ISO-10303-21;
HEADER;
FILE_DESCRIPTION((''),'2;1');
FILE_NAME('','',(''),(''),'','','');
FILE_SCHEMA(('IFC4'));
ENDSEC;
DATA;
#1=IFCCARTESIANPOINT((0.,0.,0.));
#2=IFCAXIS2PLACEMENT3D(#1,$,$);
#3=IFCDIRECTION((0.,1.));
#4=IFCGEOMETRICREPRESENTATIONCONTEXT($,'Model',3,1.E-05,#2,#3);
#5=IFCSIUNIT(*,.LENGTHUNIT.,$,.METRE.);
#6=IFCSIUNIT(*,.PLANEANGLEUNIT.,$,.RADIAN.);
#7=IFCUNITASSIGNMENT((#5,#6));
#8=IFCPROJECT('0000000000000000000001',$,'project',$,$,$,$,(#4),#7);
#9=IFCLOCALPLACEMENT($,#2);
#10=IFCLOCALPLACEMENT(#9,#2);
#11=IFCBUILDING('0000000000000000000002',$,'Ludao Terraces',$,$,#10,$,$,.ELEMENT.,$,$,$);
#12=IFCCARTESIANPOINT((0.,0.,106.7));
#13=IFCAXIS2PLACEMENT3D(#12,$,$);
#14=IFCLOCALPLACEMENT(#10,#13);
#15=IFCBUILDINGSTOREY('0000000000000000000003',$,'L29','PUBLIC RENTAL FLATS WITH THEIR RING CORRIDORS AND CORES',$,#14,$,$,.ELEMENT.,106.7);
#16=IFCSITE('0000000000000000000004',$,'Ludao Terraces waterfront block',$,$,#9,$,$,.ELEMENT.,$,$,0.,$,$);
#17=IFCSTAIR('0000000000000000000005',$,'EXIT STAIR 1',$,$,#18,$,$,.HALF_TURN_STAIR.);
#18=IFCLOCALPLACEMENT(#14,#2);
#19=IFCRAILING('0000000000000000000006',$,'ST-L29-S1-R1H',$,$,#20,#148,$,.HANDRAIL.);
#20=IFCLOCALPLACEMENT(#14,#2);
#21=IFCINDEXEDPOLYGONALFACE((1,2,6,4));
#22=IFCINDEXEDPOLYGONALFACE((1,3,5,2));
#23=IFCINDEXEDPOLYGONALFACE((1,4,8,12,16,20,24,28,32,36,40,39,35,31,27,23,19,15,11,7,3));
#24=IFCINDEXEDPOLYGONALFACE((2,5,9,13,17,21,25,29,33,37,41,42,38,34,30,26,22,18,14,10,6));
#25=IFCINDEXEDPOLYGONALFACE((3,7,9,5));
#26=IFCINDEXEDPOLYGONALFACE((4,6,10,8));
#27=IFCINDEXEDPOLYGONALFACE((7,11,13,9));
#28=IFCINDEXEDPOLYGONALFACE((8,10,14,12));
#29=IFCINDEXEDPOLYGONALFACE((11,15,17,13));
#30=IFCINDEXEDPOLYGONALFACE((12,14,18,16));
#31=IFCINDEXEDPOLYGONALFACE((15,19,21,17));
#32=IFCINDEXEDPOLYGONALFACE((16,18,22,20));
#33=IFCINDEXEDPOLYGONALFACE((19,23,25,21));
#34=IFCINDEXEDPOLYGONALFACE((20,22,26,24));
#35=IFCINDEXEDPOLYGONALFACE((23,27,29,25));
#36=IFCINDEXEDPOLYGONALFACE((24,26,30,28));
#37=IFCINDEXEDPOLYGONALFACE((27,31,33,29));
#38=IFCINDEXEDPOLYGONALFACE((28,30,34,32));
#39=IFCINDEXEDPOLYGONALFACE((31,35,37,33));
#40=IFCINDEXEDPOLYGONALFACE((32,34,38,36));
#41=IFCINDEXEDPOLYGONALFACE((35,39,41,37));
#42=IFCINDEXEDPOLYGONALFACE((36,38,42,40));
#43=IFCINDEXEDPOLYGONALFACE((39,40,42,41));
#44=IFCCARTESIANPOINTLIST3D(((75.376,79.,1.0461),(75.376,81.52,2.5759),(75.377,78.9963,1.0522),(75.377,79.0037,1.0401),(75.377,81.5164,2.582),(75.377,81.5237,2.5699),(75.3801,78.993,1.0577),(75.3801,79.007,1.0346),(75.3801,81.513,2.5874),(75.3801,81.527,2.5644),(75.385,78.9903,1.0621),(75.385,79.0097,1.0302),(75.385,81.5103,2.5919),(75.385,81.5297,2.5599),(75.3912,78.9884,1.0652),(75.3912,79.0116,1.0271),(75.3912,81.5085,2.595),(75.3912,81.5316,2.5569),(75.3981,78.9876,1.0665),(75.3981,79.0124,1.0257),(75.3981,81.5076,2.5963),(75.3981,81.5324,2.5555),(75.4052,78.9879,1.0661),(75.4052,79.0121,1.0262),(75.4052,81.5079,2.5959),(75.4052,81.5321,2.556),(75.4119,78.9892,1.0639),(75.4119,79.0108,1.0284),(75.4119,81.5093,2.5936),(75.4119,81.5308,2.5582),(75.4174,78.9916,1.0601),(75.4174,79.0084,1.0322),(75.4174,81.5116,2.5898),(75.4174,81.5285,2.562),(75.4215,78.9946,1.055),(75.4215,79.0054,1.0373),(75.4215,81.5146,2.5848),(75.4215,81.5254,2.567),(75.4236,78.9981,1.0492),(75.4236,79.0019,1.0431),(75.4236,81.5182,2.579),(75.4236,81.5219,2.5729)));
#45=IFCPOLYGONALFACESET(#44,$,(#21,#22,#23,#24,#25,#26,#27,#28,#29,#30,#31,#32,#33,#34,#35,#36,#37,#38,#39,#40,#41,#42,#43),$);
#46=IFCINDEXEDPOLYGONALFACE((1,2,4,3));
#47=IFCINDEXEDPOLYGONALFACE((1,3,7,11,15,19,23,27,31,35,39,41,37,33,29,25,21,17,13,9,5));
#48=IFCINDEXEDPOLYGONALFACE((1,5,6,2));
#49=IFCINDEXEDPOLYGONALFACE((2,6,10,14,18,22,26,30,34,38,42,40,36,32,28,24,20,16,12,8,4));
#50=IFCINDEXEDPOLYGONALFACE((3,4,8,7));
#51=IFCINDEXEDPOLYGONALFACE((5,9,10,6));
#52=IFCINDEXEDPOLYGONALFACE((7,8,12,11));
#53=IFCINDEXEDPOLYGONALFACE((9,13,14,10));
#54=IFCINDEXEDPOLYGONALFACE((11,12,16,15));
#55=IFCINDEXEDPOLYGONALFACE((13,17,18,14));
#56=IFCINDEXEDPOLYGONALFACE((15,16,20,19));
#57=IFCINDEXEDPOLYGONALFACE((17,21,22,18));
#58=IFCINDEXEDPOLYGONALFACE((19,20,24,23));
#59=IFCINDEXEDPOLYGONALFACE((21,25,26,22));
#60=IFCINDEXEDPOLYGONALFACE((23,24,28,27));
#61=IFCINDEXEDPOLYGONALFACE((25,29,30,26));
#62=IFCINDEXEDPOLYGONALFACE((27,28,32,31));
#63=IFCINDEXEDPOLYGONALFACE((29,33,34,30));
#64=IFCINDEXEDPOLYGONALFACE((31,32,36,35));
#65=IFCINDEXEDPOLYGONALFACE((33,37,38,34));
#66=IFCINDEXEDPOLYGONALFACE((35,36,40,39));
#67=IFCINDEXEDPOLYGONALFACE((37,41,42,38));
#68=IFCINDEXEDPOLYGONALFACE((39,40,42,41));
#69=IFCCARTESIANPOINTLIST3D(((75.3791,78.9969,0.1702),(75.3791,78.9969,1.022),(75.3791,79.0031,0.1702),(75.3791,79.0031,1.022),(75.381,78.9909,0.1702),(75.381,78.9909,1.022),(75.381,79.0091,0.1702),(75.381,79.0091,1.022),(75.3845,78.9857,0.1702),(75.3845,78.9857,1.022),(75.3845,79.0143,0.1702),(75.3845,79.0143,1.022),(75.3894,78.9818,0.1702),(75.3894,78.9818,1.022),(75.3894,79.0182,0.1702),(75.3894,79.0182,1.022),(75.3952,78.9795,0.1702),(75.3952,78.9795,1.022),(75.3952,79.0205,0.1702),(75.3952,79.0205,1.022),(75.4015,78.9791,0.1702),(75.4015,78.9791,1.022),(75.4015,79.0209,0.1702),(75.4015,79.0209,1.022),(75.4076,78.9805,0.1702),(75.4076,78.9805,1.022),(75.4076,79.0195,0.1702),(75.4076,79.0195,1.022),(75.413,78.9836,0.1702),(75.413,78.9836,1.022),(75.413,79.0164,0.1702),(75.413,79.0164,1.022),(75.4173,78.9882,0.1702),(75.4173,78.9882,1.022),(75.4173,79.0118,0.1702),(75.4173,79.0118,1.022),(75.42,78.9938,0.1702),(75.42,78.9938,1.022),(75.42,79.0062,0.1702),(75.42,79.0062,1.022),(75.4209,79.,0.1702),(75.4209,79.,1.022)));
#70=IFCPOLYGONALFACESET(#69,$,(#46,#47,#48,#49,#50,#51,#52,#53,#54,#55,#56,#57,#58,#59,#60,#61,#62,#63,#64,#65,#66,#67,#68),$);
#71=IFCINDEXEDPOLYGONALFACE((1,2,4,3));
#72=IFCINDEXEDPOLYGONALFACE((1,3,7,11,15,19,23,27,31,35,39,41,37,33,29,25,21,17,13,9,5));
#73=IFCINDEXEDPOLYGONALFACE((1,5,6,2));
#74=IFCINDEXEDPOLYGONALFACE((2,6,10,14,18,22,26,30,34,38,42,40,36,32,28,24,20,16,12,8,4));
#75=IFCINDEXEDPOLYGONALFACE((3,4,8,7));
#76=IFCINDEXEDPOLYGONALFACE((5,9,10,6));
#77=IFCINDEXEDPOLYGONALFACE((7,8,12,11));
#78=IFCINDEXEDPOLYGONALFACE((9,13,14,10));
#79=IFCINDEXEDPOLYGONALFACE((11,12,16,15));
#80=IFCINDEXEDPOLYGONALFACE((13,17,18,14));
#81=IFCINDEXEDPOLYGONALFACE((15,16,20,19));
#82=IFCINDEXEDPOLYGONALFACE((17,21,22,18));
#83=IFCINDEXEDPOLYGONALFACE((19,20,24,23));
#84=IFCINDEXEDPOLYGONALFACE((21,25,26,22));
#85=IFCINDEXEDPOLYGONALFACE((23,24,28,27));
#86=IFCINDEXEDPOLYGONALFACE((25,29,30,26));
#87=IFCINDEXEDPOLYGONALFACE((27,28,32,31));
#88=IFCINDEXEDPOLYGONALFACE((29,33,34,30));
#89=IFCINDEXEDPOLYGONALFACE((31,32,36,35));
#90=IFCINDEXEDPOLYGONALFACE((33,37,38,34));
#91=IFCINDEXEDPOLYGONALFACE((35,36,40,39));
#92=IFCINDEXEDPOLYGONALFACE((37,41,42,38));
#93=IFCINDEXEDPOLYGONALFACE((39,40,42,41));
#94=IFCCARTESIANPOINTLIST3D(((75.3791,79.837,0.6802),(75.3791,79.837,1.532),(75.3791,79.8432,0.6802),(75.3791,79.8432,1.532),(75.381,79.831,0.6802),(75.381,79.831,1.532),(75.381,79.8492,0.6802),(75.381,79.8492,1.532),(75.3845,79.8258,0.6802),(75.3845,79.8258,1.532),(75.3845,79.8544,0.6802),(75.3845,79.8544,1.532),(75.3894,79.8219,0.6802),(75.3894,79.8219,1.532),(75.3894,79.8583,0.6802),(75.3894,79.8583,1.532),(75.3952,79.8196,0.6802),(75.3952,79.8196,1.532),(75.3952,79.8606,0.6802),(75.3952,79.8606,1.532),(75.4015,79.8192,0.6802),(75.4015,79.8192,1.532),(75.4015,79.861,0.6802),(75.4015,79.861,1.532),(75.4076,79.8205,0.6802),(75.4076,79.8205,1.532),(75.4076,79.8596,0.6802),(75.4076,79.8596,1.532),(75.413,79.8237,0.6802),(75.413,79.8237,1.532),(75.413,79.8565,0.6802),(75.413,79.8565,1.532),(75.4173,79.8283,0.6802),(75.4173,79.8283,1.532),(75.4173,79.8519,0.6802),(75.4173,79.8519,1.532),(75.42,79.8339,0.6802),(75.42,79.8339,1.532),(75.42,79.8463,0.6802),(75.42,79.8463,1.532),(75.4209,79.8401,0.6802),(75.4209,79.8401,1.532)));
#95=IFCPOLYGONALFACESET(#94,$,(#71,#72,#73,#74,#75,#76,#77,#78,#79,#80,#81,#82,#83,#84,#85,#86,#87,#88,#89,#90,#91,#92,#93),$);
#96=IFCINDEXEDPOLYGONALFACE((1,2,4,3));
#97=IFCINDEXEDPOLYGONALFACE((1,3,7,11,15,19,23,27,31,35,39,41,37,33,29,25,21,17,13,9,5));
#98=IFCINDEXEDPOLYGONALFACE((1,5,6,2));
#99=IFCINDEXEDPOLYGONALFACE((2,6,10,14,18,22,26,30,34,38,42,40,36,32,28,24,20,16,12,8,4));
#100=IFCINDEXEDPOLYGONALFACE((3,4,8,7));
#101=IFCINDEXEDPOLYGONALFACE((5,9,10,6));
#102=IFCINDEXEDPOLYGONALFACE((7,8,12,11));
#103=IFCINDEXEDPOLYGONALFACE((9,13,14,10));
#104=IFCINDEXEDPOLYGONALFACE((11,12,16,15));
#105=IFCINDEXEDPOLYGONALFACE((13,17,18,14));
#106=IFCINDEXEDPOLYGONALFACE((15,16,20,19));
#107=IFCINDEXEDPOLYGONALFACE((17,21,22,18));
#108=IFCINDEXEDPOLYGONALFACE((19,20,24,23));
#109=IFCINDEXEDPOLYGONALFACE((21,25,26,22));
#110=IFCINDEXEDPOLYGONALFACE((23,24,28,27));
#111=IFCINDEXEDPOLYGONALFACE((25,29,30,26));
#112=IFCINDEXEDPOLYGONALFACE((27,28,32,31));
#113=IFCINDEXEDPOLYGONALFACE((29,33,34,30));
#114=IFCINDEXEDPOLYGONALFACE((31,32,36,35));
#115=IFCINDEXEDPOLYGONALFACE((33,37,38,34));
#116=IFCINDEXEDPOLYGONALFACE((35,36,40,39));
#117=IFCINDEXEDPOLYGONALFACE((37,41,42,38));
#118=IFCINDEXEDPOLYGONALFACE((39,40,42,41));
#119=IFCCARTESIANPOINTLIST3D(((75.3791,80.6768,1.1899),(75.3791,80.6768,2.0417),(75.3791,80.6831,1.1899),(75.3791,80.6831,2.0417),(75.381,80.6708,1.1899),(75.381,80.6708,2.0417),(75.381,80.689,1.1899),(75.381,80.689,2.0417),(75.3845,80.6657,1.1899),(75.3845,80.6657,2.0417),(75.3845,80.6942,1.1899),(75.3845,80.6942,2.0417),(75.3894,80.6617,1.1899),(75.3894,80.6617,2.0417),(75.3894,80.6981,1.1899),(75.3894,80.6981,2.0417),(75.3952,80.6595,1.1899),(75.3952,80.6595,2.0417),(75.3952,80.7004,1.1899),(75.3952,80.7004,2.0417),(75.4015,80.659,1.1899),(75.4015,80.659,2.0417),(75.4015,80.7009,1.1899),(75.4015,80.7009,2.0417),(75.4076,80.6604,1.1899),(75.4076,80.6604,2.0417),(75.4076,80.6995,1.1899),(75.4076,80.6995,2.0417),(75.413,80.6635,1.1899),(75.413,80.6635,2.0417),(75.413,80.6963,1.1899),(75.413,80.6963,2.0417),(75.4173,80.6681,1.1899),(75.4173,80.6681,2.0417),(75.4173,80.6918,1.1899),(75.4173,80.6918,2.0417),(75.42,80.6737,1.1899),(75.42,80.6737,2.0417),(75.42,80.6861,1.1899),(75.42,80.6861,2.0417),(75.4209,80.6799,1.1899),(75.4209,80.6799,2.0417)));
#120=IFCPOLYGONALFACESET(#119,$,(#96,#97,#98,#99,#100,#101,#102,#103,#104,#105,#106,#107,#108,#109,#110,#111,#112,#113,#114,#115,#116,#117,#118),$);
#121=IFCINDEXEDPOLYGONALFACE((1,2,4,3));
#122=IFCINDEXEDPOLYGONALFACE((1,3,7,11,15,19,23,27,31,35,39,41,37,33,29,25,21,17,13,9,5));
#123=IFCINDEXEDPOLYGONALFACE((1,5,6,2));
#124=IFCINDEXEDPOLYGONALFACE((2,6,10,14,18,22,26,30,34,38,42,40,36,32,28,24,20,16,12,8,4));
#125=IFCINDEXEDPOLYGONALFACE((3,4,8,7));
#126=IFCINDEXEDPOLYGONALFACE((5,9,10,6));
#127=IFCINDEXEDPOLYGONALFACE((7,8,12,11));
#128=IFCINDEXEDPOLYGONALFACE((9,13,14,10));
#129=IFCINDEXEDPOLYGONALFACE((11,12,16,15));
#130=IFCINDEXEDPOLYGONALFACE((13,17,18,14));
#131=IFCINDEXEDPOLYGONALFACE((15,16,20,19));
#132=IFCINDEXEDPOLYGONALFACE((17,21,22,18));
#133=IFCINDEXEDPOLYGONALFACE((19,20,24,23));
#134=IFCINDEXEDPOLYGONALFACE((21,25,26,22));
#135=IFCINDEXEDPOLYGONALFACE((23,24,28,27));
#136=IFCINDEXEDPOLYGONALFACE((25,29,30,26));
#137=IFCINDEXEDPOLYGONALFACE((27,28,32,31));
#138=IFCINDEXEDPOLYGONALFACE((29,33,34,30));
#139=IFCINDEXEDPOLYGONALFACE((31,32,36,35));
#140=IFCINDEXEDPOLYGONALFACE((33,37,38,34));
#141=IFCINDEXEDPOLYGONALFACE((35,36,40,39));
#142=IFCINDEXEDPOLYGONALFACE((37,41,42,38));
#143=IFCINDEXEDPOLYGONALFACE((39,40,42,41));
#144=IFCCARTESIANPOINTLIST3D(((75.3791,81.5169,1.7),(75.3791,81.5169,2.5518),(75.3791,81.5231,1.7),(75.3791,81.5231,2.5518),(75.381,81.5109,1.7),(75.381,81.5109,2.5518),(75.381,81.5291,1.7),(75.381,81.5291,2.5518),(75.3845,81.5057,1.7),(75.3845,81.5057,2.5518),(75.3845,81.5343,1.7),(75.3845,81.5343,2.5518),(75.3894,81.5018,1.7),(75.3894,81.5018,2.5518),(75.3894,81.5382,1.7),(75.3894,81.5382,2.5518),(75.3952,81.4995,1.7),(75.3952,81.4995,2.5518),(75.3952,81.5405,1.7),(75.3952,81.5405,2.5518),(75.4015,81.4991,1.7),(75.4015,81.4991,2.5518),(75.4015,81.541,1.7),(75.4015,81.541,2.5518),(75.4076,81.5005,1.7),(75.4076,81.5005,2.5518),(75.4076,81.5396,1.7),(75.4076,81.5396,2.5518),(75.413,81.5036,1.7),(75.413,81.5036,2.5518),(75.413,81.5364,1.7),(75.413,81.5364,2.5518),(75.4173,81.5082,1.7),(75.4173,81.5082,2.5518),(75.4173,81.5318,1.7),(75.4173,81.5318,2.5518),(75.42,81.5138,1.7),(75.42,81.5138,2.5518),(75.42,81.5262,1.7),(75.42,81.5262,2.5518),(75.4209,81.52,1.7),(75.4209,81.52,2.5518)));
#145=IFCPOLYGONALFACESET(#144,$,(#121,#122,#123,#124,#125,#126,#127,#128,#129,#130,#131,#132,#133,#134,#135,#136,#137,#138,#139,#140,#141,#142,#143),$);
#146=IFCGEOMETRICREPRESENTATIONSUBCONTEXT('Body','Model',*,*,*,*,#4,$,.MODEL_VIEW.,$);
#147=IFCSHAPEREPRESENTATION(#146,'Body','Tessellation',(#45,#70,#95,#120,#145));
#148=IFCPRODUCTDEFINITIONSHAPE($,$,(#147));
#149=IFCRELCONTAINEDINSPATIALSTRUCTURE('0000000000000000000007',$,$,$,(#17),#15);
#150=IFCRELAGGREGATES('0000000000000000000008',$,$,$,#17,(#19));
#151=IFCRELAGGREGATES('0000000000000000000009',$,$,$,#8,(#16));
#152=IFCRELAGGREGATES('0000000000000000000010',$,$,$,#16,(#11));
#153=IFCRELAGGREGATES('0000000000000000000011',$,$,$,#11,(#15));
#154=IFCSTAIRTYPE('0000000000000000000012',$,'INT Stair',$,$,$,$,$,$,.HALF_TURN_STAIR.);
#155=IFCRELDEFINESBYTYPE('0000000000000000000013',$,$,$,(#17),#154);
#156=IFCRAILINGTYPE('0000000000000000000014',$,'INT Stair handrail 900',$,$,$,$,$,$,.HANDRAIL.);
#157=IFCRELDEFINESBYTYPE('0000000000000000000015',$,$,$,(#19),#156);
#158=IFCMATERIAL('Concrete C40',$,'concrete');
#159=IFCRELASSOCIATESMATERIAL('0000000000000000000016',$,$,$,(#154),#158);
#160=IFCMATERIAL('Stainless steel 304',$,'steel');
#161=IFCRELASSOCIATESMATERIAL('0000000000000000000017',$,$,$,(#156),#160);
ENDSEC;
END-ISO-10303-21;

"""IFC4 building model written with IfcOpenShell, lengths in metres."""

from ifc_helpers import new_model, si_unit, direction, frame, origin, origin_2d, place, context, subcontext, project, spatial, circle, extrude, material, type_object, element, aggregate, save


model = new_model("IFC4")

# Units and contexts
model_context = context("Model", 3, precision=1e-05, world=origin(), true_north=direction((0.0, 1.0)))
body_context = subcontext(model_context, "Body", "Model", "MODEL_VIEW")
ifc_project = project(units=[si_unit("LENGTHUNIT", "METRE"), si_unit("PLANEANGLEUNIT", "RADIAN")], contexts=[model_context])

# Site, building, storey
site_placement = place(None, origin())
site = spatial("IfcSite", under=ifc_project, at=site_placement, Name="Ludao Terraces waterfront block", CompositionType="ELEMENT", RefElevation=0.0)
building_placement = place(site_placement, origin())
building = spatial("IfcBuilding", under=site, at=building_placement, Name="Ludao Terraces", CompositionType="ELEMENT")
storey_placement = place(building_placement, frame((0.0, 0.0, 106.7)))
storey = spatial("IfcBuildingStorey", under=building, at=storey_placement, Name="L29", Description="PUBLIC RENTAL FLATS WITH THEIR RING CORRIDORS AND CORES", CompositionType="ELEMENT", Elevation=106.7)

# Stair, railing
ifc_material_1 = material(Name="Concrete C40", Category="concrete")
stair_type = type_object("IfcStairType", Name="INT Stair", PredefinedType="HALF_TURN_STAIR", material=ifc_material_1)
stair_placement = place(storey_placement, origin())
stair = element("IfcStair", 1, at=stair_placement, inside=storey, type_object=stair_type, Name="EXIT STAIR 1", PredefinedType="HALF_TURN_STAIR")
ifc_material_2 = material(Name="Stainless steel 304", Category="steel")
railing_type_1 = type_object("IfcRailingType", Name="INT Stair handrail 900", PredefinedType="HANDRAIL", material=ifc_material_2)
railing_1_placement = place(storey_placement, frame((75.3999, 79.0, 0.1702)))
railing_1 = element("IfcRailing", 2, at=railing_1_placement, type_object=railing_type_1, Name="ST-L29-S1-R1H", PredefinedType="HANDRAIL", context=body_context, shape_type="SweptSolid", body=[
    extrude(circle(Radius=0.0239, at=origin_2d()), frame((0.0, 0.0, 0.876), z_axis=(0.0, 0.854822, 0.518922), x_axis=(-1.0, 0.0, 0.0)), (0.0, 0.0, 1.0), 2.948),
    extrude(circle(Radius=0.021, at=origin_2d()), origin(), (0.0, 0.0, 1.0), 0.8518),
    extrude(circle(Radius=0.021, at=origin_2d()), frame((0.0, 0.8401, 0.51)), (0.0, 0.0, 1.0), 0.8518),
    extrude(circle(Radius=0.021, at=origin_2d()), frame((0.0, 1.6799, 1.0198)), (0.0, 0.0, 1.0), 0.8518),
    extrude(circle(Radius=0.021, at=origin_2d()), frame((0.0, 2.52, 1.5298)), (0.0, 0.0, 1.0), 0.8518),
])
aggregate(stair, [railing_1])

save(model, "model.ifc")
